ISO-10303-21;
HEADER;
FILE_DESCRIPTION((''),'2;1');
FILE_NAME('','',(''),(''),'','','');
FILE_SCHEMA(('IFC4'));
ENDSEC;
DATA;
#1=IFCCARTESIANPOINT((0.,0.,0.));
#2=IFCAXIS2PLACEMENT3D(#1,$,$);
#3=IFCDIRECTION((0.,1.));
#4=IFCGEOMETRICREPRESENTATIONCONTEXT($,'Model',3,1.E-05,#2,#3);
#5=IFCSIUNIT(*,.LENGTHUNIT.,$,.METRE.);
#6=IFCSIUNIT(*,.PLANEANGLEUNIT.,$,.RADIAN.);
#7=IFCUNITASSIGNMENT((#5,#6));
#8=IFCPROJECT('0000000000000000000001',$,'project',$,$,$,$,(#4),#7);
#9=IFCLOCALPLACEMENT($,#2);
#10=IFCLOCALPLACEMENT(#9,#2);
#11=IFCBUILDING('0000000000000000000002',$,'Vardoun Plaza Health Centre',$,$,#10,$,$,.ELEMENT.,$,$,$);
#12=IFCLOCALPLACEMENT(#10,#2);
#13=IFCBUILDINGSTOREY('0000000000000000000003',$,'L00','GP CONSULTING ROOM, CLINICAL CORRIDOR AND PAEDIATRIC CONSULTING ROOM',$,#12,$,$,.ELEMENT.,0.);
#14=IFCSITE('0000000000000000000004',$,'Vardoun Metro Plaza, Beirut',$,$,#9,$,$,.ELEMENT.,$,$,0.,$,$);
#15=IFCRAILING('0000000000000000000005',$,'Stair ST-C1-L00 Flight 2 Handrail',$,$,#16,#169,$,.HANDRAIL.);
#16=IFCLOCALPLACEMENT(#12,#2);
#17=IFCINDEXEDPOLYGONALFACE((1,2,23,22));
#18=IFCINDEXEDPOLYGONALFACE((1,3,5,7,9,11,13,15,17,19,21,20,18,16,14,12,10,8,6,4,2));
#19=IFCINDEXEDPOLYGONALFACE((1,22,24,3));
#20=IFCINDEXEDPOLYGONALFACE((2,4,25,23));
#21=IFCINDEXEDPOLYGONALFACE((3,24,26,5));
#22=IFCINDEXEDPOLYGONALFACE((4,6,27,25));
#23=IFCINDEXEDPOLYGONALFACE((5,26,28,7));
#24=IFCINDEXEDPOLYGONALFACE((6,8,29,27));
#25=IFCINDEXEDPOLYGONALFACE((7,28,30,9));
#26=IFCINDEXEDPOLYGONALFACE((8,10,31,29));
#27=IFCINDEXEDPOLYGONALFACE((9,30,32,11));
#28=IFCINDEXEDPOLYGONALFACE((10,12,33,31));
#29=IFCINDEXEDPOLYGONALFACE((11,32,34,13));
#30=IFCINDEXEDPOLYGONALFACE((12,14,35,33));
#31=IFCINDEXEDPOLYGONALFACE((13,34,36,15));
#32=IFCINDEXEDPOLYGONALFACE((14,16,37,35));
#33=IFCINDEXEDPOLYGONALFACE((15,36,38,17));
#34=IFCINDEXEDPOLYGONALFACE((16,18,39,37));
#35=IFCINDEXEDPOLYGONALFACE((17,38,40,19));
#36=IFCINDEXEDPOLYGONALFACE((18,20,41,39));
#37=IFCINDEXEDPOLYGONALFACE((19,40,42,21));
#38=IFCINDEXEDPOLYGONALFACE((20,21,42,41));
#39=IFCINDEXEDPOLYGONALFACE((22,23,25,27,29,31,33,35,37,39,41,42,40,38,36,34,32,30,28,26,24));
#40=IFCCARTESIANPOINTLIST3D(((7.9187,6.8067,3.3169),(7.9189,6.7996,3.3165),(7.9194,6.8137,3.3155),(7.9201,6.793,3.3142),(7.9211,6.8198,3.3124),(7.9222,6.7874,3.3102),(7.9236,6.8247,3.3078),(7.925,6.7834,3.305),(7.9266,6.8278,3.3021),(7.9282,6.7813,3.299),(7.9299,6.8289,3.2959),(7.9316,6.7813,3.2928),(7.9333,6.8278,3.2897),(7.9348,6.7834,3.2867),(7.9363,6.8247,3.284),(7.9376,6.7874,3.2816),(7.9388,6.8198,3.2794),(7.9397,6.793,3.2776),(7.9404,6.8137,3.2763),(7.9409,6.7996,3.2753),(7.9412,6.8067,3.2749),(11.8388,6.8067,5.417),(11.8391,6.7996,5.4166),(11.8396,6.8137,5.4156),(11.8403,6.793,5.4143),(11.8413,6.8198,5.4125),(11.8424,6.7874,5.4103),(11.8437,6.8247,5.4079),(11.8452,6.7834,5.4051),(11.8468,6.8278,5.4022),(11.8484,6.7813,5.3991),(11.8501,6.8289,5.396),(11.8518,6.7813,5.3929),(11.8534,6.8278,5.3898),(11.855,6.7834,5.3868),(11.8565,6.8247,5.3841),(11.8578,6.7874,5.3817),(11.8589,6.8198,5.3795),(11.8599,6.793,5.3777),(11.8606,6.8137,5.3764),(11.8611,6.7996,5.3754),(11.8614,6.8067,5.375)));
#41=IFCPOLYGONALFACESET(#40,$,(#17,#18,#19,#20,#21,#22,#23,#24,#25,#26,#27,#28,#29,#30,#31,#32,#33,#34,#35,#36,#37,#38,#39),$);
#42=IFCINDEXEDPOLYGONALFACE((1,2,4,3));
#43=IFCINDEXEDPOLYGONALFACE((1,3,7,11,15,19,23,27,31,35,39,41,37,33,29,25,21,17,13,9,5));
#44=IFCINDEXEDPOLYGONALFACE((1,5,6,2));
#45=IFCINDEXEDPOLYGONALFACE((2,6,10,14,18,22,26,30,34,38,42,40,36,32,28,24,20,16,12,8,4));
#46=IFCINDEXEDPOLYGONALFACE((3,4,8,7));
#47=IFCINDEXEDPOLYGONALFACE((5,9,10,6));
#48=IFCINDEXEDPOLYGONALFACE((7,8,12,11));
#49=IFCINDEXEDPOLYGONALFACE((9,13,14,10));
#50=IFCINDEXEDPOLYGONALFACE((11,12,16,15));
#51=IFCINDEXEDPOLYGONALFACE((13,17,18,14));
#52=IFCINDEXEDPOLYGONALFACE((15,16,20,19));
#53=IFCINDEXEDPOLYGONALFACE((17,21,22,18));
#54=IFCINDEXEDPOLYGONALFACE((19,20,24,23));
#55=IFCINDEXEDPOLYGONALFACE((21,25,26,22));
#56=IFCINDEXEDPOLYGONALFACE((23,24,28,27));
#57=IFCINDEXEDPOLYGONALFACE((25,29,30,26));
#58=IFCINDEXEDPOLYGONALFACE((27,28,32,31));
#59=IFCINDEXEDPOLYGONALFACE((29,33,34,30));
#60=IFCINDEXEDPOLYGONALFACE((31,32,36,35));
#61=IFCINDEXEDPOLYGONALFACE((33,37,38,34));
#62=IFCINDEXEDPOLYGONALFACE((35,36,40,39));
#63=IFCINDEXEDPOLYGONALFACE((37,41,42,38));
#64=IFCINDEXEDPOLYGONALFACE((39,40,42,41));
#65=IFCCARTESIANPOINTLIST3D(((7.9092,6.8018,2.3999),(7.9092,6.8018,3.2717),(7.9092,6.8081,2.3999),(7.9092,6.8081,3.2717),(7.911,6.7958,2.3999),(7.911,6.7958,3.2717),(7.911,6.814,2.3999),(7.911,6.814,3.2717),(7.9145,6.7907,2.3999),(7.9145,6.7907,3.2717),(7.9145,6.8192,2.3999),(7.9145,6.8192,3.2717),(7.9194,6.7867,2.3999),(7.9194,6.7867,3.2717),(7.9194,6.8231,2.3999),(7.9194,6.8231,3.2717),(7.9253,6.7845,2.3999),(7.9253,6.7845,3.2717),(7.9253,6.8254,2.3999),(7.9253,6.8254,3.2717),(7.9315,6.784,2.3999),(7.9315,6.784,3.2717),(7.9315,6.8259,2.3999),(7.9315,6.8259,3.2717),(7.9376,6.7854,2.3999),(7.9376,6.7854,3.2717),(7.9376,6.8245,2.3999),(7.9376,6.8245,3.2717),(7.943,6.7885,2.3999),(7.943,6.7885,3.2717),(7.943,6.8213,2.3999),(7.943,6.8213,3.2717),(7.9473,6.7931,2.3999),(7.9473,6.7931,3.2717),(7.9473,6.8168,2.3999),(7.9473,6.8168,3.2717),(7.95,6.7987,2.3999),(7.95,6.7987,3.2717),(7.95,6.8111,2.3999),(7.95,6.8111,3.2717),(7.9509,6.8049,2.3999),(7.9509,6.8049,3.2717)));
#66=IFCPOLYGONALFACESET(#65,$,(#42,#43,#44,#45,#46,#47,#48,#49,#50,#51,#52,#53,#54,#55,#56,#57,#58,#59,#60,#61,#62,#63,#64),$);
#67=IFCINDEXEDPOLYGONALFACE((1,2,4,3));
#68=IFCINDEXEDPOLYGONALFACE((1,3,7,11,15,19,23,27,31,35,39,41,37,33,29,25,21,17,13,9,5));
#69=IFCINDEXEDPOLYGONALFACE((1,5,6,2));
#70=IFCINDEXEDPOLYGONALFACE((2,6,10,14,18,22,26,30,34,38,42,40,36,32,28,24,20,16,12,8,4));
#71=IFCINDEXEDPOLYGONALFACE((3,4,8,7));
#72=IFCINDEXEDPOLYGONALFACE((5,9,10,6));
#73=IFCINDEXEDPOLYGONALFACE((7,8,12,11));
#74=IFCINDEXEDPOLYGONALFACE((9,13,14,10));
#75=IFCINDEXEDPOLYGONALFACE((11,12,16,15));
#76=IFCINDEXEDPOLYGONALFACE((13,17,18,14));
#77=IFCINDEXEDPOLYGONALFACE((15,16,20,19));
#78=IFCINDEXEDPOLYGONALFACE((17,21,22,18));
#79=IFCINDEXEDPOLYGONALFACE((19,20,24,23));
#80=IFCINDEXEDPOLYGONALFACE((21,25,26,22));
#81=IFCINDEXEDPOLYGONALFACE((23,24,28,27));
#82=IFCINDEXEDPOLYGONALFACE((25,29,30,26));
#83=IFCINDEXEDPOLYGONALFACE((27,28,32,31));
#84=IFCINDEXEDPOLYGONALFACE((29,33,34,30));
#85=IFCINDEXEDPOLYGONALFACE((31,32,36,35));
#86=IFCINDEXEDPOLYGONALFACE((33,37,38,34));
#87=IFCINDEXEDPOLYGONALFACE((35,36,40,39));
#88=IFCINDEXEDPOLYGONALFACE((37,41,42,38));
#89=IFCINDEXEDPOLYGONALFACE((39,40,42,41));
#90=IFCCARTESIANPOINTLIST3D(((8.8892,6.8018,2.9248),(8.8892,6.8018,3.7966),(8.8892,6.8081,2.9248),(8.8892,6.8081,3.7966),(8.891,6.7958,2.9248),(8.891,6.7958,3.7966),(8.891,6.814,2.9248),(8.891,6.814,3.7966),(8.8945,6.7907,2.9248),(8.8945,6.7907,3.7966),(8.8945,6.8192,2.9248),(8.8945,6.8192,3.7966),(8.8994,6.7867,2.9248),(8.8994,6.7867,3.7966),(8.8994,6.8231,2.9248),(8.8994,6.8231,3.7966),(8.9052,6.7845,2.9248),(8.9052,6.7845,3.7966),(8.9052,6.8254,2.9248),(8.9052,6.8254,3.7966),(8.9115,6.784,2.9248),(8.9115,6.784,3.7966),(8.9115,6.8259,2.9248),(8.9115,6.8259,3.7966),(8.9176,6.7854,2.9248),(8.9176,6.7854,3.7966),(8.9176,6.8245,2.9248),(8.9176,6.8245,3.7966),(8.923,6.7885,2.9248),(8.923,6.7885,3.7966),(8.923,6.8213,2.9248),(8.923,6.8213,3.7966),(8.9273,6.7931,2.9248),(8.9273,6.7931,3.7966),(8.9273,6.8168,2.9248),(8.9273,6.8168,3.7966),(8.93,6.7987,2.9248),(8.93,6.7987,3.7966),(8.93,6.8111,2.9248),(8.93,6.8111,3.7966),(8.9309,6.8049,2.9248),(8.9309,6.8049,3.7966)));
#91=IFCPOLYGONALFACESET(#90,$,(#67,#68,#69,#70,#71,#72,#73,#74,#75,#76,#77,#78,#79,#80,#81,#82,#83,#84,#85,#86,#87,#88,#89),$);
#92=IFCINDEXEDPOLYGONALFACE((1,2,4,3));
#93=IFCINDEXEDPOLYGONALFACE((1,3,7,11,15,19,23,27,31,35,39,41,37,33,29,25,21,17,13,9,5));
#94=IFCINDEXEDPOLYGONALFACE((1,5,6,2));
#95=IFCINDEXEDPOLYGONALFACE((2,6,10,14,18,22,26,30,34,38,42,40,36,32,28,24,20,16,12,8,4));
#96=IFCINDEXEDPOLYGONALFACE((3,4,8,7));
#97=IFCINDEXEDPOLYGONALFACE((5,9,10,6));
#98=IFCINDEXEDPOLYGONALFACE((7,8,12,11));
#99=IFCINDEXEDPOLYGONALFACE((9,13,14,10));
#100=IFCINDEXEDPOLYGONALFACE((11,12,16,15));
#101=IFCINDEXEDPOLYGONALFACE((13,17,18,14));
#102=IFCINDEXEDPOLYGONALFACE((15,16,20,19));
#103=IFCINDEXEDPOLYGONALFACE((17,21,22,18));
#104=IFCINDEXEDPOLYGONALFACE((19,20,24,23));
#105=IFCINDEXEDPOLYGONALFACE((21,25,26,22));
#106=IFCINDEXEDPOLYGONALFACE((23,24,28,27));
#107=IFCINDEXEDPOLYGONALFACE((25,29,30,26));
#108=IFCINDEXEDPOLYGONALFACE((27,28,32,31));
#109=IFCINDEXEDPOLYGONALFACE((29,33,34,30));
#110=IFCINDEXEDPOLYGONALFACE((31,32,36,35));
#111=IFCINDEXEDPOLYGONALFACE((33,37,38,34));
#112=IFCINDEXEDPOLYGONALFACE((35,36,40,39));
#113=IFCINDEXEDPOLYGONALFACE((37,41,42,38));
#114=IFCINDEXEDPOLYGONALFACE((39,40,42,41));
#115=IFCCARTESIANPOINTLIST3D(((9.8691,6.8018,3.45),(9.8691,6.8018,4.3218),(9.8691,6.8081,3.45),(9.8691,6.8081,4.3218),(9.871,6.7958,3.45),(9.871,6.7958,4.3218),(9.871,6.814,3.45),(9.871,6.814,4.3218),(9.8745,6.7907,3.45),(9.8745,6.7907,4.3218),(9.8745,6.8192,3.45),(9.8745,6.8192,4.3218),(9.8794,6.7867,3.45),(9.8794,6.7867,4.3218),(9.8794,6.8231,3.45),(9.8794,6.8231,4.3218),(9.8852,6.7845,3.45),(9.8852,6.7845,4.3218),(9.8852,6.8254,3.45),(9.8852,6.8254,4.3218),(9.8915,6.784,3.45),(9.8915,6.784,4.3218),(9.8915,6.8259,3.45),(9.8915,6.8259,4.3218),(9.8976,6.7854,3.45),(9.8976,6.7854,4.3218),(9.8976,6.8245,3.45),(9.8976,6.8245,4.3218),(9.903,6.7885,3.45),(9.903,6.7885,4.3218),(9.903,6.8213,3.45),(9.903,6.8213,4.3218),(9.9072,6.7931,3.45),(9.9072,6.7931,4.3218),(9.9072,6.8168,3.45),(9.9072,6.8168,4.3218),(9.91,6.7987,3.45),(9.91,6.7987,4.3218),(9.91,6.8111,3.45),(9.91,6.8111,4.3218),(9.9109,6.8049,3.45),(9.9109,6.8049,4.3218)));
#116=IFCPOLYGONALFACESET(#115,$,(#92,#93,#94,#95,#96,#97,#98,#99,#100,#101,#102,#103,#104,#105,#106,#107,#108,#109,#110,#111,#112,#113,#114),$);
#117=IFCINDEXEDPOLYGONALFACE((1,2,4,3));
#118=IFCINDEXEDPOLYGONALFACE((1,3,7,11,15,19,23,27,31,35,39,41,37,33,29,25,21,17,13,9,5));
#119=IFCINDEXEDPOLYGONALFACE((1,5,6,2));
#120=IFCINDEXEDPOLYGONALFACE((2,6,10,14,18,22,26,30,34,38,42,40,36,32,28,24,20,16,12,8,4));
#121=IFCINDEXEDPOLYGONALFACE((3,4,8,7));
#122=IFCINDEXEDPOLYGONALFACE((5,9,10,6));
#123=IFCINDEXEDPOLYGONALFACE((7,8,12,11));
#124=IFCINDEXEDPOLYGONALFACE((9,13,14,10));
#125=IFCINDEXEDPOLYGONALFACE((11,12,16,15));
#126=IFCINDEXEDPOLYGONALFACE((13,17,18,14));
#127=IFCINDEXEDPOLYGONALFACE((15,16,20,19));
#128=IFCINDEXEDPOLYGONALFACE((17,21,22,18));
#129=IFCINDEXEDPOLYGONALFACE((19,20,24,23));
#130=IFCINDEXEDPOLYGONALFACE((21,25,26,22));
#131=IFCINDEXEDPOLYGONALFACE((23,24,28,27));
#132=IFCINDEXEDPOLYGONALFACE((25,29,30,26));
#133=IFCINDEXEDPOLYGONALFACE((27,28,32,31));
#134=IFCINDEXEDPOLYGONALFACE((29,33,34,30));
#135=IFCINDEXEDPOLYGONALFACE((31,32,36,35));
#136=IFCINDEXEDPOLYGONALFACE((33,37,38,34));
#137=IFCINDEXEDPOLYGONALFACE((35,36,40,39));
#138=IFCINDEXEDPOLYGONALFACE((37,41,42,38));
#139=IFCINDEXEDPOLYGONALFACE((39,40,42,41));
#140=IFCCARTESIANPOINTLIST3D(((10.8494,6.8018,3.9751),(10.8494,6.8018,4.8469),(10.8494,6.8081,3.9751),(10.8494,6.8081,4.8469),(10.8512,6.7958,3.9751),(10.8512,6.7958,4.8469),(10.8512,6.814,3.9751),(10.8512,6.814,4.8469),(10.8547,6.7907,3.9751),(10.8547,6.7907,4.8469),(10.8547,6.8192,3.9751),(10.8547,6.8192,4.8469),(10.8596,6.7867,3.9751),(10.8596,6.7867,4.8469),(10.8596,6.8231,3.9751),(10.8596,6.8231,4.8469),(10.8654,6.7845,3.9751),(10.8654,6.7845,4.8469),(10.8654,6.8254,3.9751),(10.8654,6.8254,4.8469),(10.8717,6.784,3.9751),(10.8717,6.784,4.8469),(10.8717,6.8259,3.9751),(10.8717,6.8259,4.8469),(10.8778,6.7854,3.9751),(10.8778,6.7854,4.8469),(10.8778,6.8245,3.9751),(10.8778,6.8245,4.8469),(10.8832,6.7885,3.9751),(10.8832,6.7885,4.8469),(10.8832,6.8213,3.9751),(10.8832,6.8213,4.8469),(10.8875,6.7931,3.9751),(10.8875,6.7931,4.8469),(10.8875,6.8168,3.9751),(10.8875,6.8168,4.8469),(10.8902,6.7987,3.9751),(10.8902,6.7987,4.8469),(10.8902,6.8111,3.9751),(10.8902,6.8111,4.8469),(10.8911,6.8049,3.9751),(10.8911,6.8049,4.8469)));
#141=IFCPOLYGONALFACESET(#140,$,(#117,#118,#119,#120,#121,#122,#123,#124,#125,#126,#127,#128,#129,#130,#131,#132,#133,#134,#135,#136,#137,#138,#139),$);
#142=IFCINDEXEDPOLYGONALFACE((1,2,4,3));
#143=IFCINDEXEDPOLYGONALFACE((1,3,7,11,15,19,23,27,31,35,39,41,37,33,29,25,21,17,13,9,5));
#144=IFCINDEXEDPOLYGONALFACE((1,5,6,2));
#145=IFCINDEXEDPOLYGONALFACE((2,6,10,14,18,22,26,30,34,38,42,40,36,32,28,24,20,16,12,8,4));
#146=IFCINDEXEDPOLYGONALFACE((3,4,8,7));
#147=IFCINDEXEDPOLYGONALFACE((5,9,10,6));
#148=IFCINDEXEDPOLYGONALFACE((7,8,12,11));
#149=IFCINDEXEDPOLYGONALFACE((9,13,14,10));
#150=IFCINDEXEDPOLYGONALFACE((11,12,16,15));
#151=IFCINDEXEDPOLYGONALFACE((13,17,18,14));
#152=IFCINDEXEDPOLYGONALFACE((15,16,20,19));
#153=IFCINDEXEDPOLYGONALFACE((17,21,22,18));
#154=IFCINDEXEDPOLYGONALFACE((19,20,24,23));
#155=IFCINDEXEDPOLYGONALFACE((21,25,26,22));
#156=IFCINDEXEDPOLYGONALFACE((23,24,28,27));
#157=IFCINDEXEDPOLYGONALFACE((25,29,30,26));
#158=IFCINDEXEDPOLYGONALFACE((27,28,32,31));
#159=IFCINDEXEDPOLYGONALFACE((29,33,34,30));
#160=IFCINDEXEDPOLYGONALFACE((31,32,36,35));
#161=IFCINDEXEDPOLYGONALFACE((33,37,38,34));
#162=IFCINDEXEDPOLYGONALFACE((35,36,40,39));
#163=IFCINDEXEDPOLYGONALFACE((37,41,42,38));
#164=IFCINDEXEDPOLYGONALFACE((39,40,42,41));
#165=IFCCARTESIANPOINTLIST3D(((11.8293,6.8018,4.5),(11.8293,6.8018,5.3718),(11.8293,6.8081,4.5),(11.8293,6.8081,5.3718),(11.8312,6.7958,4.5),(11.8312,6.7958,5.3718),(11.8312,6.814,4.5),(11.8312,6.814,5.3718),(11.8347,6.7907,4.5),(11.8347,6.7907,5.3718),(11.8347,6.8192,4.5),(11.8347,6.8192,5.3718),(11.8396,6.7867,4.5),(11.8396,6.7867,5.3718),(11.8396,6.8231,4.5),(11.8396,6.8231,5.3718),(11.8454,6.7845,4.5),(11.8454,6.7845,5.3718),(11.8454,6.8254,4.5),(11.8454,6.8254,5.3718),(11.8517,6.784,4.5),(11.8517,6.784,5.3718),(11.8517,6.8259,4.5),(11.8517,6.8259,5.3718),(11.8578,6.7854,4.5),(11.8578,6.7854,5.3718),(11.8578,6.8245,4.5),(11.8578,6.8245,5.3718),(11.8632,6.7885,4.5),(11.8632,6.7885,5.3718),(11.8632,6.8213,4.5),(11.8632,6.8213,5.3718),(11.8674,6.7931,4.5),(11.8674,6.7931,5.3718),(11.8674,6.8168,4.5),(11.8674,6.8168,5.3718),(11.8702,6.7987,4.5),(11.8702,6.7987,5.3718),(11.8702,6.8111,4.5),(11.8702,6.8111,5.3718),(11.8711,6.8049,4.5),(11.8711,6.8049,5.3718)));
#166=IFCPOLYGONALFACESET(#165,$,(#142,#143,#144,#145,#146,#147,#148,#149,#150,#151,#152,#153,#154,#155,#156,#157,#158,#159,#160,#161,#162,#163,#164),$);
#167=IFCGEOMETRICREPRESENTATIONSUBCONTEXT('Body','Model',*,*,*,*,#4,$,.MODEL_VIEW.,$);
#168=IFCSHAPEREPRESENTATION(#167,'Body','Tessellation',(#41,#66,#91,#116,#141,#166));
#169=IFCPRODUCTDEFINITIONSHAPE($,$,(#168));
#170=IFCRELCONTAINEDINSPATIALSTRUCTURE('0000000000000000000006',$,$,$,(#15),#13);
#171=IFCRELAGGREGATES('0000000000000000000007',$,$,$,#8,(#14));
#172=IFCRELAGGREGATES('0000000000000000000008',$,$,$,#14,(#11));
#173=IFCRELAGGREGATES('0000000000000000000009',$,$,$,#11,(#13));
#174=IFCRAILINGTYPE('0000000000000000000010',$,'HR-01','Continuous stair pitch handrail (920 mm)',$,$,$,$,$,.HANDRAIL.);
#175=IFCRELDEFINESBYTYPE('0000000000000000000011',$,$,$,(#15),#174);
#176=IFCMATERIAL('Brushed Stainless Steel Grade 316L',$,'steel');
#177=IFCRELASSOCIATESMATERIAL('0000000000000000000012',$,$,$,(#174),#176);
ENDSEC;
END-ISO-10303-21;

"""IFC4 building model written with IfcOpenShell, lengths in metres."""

from ifc_helpers import new_model, si_unit, direction, frame, origin, origin_2d, place, context, subcontext, project, spatial, circle, extrude, material, type_object, element, save


model = new_model("IFC4")

# Units and contexts
model_context = context("Model", 3, precision=1e-05, world=origin(), true_north=direction((0.0, 1.0)))
body_context = subcontext(model_context, "Body", "Model", "MODEL_VIEW")
ifc_project = project(units=[si_unit("LENGTHUNIT", "METRE"), si_unit("PLANEANGLEUNIT", "RADIAN")], contexts=[model_context])

# Site, building, storey
site_placement = place(None, origin())
site = spatial("IfcSite", under=ifc_project, at=site_placement, Name="Vardoun Metro Plaza, Beirut", CompositionType="ELEMENT", RefElevation=0.0)
building_placement = place(site_placement, origin())
building = spatial("IfcBuilding", under=site, at=building_placement, Name="Vardoun Plaza Health Centre", CompositionType="ELEMENT")
storey_placement = place(building_placement, origin())
storey = spatial("IfcBuildingStorey", under=building, at=storey_placement, Name="L00", Description="GP CONSULTING ROOM, CLINICAL CORRIDOR AND PAEDIATRIC CONSULTING ROOM", CompositionType="ELEMENT", Elevation=0.0)

# Railing
ifc_material_1 = material(Name="Brushed Stainless Steel Grade 316L", Category="steel")
railing_type_1 = type_object("IfcRailingType", Name="HR-01", Description="Continuous stair pitch handrail (920 mm)", PredefinedType="HANDRAIL", material=ifc_material_1)
railing_1_placement = place(storey_placement, frame((7.9299, 6.8049, 2.3999)))
element("IfcRailing", 1, at=railing_1_placement, inside=storey, type_object=railing_type_1, Name="Stair ST-C1-L00 Flight 2 Handrail", PredefinedType="HANDRAIL", context=body_context, shape_type="SweptSolid", body=[
    extrude(circle(Radius=0.0239, at=origin_2d()), frame((0.0, 0.0, 0.896), z_axis=(0.881479, 0.0, 0.472223), x_axis=(0.0, 1.0, 0.0)), (0.0, 0.0, 1.0), 4.4473),
    extrude(circle(Radius=0.021, at=origin_2d()), origin(), (0.0, 0.0, 1.0), 0.8718),
    extrude(circle(Radius=0.021, at=origin_2d()), frame((0.98, 0.0, 0.5249)), (0.0, 0.0, 1.0), 0.8718),
    extrude(circle(Radius=0.021, at=origin_2d()), frame((1.96, 0.0, 1.05)), (0.0, 0.0, 1.0), 0.8718),
    extrude(circle(Radius=0.021, at=origin_2d()), frame((2.9402, 0.0, 1.5752)), (0.0, 0.0, 1.0), 0.8718),
    extrude(circle(Radius=0.021, at=origin_2d()), frame((3.9202, 0.0, 2.1001)), (0.0, 0.0, 1.0), 0.8718),
])

save(model, "model.ifc")
